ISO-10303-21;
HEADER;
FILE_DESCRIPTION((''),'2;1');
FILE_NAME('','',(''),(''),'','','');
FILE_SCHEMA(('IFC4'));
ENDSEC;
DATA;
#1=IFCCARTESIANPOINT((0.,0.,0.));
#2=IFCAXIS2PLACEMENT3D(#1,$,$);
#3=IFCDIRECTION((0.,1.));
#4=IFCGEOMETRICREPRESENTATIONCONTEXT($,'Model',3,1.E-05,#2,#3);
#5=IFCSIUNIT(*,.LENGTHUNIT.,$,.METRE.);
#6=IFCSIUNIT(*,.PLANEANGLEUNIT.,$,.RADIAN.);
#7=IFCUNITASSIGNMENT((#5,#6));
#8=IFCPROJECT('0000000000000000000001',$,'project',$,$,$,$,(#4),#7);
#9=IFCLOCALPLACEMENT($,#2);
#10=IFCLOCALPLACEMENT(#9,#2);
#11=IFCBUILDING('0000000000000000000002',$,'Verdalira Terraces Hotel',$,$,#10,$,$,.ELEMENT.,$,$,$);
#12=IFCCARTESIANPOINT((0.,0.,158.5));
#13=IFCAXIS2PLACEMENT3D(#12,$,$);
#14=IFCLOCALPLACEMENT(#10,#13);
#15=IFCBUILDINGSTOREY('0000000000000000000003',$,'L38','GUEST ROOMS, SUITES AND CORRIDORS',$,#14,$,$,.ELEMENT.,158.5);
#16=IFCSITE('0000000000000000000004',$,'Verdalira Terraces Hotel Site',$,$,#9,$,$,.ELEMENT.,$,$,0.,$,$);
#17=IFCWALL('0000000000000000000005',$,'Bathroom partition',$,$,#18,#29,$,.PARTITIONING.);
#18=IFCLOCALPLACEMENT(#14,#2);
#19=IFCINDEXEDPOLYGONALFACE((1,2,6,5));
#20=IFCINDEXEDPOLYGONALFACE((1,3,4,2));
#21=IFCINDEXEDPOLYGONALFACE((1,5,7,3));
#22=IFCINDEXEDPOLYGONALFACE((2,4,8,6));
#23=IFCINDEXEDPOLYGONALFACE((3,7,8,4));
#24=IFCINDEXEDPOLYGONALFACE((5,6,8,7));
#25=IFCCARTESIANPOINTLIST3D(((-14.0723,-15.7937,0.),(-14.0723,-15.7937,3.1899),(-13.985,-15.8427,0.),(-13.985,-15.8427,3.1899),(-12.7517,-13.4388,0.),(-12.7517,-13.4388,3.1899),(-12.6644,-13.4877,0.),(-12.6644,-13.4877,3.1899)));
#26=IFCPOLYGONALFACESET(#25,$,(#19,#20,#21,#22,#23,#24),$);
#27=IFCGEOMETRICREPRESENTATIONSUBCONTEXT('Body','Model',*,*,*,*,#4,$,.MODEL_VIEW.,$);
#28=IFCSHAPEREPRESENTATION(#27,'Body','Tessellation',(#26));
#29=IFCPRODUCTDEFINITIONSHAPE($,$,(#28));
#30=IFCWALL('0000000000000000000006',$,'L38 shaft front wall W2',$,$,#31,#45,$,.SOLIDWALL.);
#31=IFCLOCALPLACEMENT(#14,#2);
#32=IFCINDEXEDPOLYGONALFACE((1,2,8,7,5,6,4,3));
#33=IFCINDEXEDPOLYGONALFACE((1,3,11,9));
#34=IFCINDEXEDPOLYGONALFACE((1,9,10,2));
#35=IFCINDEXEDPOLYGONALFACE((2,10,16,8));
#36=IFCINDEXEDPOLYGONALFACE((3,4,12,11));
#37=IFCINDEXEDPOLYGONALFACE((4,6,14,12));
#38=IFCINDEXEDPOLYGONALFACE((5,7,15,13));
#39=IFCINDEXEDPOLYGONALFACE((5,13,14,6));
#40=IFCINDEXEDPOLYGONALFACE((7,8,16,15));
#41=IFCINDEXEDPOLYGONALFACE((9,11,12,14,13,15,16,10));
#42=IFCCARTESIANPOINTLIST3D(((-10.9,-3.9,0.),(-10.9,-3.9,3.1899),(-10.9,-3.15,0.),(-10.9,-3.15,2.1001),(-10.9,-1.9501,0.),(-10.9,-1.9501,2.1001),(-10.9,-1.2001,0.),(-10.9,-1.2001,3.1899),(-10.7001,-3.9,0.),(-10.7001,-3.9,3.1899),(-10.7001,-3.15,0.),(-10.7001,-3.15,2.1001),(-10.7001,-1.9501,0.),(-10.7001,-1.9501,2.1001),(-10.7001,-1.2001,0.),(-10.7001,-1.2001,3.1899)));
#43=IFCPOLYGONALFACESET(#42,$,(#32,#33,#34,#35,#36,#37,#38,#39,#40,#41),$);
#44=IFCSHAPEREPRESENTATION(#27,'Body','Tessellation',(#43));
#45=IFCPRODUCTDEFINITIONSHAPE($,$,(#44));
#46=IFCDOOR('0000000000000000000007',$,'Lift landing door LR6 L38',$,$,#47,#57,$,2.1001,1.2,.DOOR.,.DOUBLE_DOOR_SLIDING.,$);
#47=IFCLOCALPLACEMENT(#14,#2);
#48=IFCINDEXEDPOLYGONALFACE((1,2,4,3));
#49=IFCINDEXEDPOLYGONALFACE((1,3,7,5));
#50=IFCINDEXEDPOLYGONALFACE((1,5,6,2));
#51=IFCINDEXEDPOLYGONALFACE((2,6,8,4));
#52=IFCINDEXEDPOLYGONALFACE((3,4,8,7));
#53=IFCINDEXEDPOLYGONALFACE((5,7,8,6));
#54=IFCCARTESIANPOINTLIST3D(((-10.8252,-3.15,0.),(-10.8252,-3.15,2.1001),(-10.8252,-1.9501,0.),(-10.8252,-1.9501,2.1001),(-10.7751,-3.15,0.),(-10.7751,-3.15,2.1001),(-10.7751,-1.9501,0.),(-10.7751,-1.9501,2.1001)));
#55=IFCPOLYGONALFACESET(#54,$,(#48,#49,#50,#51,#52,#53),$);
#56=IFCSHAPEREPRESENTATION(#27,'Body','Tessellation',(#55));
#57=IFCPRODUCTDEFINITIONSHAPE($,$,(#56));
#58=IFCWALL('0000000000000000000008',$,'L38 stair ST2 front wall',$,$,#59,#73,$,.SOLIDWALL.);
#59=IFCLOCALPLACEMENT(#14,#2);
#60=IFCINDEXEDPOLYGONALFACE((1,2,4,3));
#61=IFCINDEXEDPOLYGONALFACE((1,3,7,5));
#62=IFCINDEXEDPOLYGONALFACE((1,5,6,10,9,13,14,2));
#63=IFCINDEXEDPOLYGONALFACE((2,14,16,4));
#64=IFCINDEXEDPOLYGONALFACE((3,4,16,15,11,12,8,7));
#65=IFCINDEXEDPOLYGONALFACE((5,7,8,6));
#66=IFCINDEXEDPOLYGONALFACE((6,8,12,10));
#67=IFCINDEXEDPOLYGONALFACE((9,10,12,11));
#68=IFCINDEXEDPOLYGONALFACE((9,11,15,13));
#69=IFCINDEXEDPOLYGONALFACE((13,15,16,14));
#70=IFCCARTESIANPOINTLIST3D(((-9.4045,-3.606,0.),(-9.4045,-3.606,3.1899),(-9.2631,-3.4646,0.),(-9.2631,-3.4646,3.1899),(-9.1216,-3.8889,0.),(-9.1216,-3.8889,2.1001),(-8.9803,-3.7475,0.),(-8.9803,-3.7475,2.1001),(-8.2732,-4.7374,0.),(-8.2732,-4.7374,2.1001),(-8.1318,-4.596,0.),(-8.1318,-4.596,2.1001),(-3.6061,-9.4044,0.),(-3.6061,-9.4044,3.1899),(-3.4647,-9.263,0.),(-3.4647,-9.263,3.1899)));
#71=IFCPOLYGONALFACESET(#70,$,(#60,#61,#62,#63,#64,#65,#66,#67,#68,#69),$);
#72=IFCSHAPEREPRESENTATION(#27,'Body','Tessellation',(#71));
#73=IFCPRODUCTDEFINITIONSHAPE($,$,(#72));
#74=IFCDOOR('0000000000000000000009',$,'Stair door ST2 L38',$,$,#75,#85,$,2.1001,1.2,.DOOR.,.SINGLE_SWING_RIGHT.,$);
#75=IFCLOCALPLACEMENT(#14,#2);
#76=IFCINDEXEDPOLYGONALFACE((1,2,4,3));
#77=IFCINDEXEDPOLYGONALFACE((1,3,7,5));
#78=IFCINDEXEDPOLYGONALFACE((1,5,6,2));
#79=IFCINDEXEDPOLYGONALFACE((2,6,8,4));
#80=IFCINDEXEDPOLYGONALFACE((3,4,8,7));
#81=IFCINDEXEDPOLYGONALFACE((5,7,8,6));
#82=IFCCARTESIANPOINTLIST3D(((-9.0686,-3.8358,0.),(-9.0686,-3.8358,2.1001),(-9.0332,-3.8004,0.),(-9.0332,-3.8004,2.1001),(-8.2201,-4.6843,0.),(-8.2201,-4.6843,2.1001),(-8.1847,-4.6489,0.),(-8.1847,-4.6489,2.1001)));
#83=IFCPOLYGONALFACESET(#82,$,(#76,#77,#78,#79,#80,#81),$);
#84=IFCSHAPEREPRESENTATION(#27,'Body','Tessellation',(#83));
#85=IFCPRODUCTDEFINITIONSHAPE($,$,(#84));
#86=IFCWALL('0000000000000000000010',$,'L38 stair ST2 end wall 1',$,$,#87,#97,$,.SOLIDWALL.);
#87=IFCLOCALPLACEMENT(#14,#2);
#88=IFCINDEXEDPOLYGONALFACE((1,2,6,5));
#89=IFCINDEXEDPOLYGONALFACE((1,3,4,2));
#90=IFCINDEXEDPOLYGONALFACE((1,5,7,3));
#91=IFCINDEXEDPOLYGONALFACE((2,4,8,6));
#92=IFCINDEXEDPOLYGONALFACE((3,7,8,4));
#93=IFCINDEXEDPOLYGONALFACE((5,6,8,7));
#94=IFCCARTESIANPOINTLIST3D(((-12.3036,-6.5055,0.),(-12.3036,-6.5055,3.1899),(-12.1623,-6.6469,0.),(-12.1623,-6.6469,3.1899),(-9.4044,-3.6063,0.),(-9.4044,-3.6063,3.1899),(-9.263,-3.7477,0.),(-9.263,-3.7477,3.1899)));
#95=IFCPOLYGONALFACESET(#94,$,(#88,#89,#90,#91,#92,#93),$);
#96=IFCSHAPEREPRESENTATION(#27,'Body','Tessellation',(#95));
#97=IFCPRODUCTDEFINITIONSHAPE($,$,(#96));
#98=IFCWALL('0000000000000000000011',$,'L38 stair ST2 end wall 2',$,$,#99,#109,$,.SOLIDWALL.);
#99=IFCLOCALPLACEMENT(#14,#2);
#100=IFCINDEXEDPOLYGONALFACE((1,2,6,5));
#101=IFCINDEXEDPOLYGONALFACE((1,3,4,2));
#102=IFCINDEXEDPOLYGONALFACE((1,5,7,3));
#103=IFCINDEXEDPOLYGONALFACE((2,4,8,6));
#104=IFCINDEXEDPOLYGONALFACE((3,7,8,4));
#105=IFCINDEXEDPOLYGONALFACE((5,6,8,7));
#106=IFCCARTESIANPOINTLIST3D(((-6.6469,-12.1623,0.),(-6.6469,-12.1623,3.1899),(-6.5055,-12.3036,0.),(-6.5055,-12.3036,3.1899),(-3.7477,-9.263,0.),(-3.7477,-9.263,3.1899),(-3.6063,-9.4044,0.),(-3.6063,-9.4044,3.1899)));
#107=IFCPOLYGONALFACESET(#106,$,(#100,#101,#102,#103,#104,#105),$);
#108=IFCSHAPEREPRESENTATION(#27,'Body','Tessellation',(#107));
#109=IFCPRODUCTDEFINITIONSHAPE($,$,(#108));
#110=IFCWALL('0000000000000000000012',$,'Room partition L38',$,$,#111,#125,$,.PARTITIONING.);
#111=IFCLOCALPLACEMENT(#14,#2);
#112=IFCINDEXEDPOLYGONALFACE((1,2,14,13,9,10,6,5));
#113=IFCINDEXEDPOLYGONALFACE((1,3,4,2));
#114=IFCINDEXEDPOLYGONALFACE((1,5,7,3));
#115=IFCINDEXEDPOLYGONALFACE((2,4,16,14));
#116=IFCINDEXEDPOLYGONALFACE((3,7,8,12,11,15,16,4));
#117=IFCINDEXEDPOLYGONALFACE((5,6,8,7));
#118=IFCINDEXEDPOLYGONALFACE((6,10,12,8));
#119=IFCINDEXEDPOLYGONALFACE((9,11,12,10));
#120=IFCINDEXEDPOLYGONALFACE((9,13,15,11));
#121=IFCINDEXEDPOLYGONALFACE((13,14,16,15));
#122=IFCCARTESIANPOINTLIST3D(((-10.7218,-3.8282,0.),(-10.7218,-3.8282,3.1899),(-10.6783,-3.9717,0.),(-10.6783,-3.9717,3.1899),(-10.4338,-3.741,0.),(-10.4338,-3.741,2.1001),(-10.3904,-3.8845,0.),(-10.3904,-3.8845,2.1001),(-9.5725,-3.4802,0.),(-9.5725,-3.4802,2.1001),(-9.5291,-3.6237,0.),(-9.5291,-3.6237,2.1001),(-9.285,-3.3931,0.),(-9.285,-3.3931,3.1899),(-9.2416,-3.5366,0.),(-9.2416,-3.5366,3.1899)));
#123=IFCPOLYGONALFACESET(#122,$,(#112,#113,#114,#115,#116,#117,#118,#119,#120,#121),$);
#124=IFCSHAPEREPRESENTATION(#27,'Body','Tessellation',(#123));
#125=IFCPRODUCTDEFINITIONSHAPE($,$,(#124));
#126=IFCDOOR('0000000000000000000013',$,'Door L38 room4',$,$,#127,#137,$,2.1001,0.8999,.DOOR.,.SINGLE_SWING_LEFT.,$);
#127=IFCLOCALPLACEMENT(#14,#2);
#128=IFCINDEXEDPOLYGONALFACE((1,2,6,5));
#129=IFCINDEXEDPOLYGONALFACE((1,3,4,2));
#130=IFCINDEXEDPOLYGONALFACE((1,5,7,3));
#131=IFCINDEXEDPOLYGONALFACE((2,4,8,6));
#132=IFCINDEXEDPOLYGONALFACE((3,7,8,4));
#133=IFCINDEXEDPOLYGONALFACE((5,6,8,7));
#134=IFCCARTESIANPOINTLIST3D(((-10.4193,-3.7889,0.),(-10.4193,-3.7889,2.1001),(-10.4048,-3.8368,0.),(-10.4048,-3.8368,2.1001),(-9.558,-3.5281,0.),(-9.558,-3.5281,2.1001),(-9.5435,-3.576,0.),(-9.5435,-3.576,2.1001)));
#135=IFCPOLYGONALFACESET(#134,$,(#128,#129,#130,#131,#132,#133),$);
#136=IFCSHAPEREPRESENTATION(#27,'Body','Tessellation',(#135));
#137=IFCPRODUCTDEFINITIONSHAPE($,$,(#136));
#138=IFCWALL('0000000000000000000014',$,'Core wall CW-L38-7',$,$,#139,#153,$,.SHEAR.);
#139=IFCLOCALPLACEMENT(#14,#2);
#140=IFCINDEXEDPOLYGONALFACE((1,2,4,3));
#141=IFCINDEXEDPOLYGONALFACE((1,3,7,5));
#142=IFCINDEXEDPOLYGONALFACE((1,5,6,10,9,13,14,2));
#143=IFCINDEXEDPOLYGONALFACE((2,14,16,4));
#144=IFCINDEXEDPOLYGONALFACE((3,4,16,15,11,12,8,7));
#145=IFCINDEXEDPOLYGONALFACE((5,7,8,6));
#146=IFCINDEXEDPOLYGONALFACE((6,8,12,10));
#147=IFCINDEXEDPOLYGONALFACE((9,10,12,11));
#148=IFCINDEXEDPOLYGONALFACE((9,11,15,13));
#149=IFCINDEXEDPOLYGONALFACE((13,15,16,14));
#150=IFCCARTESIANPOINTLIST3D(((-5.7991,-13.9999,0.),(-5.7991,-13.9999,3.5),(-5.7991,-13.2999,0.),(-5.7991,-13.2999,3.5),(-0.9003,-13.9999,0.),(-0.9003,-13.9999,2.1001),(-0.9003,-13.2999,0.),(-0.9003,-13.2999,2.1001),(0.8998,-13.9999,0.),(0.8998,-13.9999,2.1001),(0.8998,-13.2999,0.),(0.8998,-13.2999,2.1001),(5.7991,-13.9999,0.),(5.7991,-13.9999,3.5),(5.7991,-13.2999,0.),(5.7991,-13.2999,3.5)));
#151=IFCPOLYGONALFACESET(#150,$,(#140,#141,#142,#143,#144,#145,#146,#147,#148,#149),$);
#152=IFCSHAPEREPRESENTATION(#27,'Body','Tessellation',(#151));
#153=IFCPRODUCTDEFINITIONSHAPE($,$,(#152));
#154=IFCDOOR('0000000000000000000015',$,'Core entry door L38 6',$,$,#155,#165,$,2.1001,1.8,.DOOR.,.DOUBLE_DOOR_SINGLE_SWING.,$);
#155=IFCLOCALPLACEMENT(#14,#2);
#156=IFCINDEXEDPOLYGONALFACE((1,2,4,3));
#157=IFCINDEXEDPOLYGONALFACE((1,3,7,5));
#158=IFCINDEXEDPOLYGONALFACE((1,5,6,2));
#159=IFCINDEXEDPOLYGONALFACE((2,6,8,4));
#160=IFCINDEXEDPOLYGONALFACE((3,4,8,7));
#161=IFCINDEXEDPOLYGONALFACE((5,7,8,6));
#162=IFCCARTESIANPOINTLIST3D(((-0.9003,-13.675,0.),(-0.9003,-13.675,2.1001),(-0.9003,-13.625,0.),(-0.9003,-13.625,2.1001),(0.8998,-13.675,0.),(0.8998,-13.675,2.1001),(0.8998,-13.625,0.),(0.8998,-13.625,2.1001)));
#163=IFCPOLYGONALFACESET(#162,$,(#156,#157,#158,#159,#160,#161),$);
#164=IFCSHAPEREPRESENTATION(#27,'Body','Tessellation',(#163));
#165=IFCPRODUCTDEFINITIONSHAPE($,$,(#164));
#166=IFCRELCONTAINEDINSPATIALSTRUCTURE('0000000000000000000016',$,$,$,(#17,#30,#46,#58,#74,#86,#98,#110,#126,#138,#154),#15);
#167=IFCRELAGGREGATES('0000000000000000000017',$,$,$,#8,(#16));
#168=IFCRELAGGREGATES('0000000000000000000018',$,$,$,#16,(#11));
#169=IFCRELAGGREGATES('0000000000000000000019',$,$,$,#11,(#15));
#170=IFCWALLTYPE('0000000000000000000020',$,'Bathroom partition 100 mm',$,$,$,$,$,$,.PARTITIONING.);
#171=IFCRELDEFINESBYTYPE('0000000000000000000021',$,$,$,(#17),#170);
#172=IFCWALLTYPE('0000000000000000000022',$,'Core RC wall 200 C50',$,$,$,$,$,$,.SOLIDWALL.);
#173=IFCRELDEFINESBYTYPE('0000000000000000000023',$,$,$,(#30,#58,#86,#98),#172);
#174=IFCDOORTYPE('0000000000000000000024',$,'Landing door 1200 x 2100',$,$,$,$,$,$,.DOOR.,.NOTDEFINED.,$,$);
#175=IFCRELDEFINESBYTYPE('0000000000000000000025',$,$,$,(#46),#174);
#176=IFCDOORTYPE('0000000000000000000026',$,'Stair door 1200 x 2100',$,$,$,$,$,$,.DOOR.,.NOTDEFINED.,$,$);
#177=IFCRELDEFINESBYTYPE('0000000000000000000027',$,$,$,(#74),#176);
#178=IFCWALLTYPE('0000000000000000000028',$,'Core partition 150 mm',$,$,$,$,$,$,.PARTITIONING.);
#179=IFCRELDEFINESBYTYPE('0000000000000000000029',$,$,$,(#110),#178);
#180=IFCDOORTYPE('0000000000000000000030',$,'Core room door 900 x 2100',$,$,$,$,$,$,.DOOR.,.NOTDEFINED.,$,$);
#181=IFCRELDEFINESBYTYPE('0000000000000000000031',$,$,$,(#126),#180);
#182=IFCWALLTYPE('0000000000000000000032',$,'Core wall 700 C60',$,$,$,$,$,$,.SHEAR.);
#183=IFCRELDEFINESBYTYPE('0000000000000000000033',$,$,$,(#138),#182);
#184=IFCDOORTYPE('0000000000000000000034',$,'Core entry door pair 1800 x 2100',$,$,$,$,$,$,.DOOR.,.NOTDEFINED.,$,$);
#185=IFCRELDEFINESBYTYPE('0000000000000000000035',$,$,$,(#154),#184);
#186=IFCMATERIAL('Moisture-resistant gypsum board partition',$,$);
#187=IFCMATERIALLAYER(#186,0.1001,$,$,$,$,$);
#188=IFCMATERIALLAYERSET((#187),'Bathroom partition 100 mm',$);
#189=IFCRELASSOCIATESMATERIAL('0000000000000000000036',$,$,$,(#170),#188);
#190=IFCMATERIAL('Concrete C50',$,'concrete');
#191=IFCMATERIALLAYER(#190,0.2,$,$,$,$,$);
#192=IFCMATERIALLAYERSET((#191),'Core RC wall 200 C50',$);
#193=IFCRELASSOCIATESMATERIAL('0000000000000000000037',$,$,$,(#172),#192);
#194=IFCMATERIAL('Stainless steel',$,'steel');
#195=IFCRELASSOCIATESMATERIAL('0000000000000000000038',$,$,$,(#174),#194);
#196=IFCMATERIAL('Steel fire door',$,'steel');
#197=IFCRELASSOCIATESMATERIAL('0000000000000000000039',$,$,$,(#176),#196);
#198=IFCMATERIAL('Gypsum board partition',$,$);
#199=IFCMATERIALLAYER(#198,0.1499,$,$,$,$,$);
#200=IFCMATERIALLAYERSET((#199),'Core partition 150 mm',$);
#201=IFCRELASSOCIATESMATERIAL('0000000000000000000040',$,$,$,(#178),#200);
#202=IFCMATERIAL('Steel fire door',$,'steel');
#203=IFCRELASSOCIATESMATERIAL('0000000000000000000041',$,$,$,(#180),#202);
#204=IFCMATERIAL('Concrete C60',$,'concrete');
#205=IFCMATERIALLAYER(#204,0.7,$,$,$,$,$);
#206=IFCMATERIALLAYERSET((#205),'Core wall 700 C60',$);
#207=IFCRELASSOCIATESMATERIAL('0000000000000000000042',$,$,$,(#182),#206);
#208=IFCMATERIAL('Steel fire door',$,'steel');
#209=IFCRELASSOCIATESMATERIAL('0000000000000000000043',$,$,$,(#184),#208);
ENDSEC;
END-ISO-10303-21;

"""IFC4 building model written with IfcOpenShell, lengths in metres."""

from ifc_helpers import new_model, si_unit, direction, frame, frame_2d, origin, place, context, subcontext, project, spatial, rectangle, extrude, material, layer, layer_set, type_object, element, fill, save


model = new_model("IFC4")

# Units and contexts
model_context = context("Model", 3, precision=1e-05, world=origin(), true_north=direction((0.0, 1.0)))
body_context = subcontext(model_context, "Body", "Model", "MODEL_VIEW")
ifc_project = project(units=[si_unit("LENGTHUNIT", "METRE"), si_unit("PLANEANGLEUNIT", "RADIAN")], contexts=[model_context])

# Site, building, storey
site_placement = place(None, origin())
site = spatial("IfcSite", under=ifc_project, at=site_placement, Name="Verdalira Terraces Hotel Site", CompositionType="ELEMENT", RefElevation=0.0)
building_placement = place(site_placement, origin())
building = spatial("IfcBuilding", under=site, at=building_placement, Name="Verdalira Terraces Hotel", CompositionType="ELEMENT")
storey_placement = place(building_placement, frame((0.0, 0.0, 158.5)))
storey = spatial("IfcBuildingStorey", under=building, at=storey_placement, Name="L38", Description="GUEST ROOMS, SUITES AND CORRIDORS", CompositionType="ELEMENT", Elevation=158.5)

# Wall
ifc_material_1 = material(Name="Moisture-resistant gypsum board partition")
ifc_layer_1 = layer(ifc_material_1, 0.1001)
ifc_layer_set_1 = layer_set([ifc_layer_1], Name="Bathroom partition 100 mm")
wall_type_1 = type_object("IfcWallType", Name="Bathroom partition 100 mm", PredefinedType="PARTITIONING", material=ifc_layer_set_1)
wall_1_placement = place(storey_placement, frame((-12.708, -13.4631, 0.0), z_axis=(0.0, 0.0, 1.0), x_axis=(-0.489102, -0.872227, 0.0)))
element("IfcWall", 1, at=wall_1_placement, inside=storey, type_object=wall_type_1, Name="Bathroom partition", PredefinedType="PARTITIONING", context=body_context, shape_type="SweptSolid", body=[
    extrude(rectangle(XDim=2.7, YDim=0.1001, at=frame_2d((1.3501, 0.0))), origin(), (0.0, 0.0, 1.0), 3.1899),
])

# Walls, openings, doors
ifc_material_2 = material(Name="Concrete C50", Category="concrete")
ifc_layer_2 = layer(ifc_material_2, 0.2)
ifc_layer_set_2 = layer_set([ifc_layer_2], Name="Core RC wall 200 C50")
wall_type_2 = type_object("IfcWallType", Name="Core RC wall 200 C50", PredefinedType="SOLIDWALL", material=ifc_layer_set_2)
wall_2_placement = place(storey_placement, frame((-10.8, -1.2, 0.0), z_axis=(0.0, 0.0, 1.0), x_axis=(0.0, -1.0, 0.0)))
wall_2 = element("IfcWall", 2, at=wall_2_placement, inside=storey, type_object=wall_type_2, Name="L38 shaft front wall W2", PredefinedType="SOLIDWALL", context=body_context, shape_type="SweptSolid", body=[
    extrude(rectangle(XDim=2.7, YDim=0.2, at=frame_2d((1.3501, 0.0))), origin(), (0.0, 0.0, 1.0), 3.1899),
])
opening_1_placement = place(wall_2_placement, frame((0.75, 0.0, 0.0)))
opening_1 = element("IfcOpeningElement", 3, at=opening_1_placement, cuts=wall_2, PredefinedType="OPENING", context=body_context, shape_type="SweptSolid", body=[
    extrude(rectangle(XDim=1.2, YDim=2.1001, at=frame_2d((0.6001, 1.05))), frame((0.0, 0.1099, 0.0), z_axis=(0.0, -1.0, 0.0), x_axis=(1.0, 0.0, 0.0)), (0.0, 0.0, 1.0), 0.22),
])
ifc_material_3 = material(Name="Stainless steel", Category="steel")
door_type_1 = type_object("IfcDoorType", Name="Landing door 1200 x 2100", OperationType="NOTDEFINED", PredefinedType="DOOR", material=ifc_material_3)
door_1_placement = place(opening_1_placement, origin())
door_1 = element("IfcDoor", 4, at=door_1_placement, inside=storey, type_object=door_type_1, Name="Lift landing door LR6 L38", OperationType="DOUBLE_DOOR_SLIDING", OverallHeight=2.1001, OverallWidth=1.2, PredefinedType="DOOR", context=body_context, shape_type="SweptSolid", body=[
    extrude(rectangle(XDim=1.2, YDim=2.1001, at=frame_2d((0.6001, 1.05))), frame((0.0, 0.0249, 0.0), z_axis=(0.0, -1.0, 0.0), x_axis=(1.0, 0.0, 0.0)), (0.0, 0.0, 1.0), 0.05),
])
fill(opening_1, door_1)
wall_3_placement = place(storey_placement, frame((-3.5354, -9.3337, 0.0), z_axis=(0.0, 0.0, 1.0), x_axis=(-0.707107, 0.707107, 0.0)))
wall_3 = element("IfcWall", 5, at=wall_3_placement, inside=storey, type_object=wall_type_2, Name="L38 stair ST2 front wall", PredefinedType="SOLIDWALL", context=body_context, shape_type="SweptSolid", body=[
    extrude(rectangle(XDim=8.2002, YDim=0.2, at=frame_2d((4.1001, 0.0))), origin(), (0.0, 0.0, 1.0), 3.1899),
])
opening_2_placement = place(wall_3_placement, frame((6.6001, 0.0, 0.0)))
opening_2 = element("IfcOpeningElement", 6, at=opening_2_placement, cuts=wall_3, PredefinedType="OPENING", context=body_context, shape_type="SweptSolid", body=[
    extrude(rectangle(XDim=1.2, YDim=2.1001, at=frame_2d((0.6001, 1.05))), frame((0.0, 0.1099, 0.0), z_axis=(0.0, -1.0, 0.0), x_axis=(1.0, 0.0, 0.0)), (0.0, 0.0, 1.0), 0.22),
])
ifc_material_4 = material(Name="Steel fire door", Category="steel")
door_type_2 = type_object("IfcDoorType", Name="Stair door 1200 x 2100", OperationType="NOTDEFINED", PredefinedType="DOOR", material=ifc_material_4)
door_2_placement = place(opening_2_placement, origin())
door_2 = element("IfcDoor", 7, at=door_2_placement, inside=storey, type_object=door_type_2, Name="Stair door ST2 L38", OperationType="SINGLE_SWING_RIGHT", OverallHeight=2.1001, OverallWidth=1.2, PredefinedType="DOOR", context=body_context, shape_type="SweptSolid", body=[
    extrude(rectangle(XDim=1.2, YDim=2.1001, at=frame_2d((0.6001, 1.05))), frame((0.0, 0.0249, 0.0), z_axis=(0.0, -1.0, 0.0), x_axis=(1.0, 0.0, 0.0)), (0.0, 0.0, 1.0), 0.05),
])
fill(opening_2, door_2)

# Walls
for number, where, z_axis, x_axis, name in (
    (8, (-9.3337, -3.677, 0.0), (0.0, 0.0, 1.0), (-0.707107, -0.707107, 0.0), "L38 stair ST2 end wall 1"),
    (9, (-3.677, -9.3337, 0.0), (0.0, 0.0, 1.0), (-0.707107, -0.707107, 0.0), "L38 stair ST2 end wall 2"),
):
    element("IfcWall", number, at=place(storey_placement, frame(where, z_axis=z_axis, x_axis=x_axis)), inside=storey, type_object=wall_type_2, Name=name, PredefinedType="SOLIDWALL", context=body_context, shape_type="SweptSolid", body=[
        extrude(rectangle(XDim=4.1001, YDim=0.2, at=frame_2d((2.05, 0.0))), origin(), (0.0, 0.0, 1.0), 3.1899),
    ])

# Walls, openings, doors
ifc_material_5 = material(Name="Gypsum board partition")
ifc_layer_3 = layer(ifc_material_5, 0.1499)
ifc_layer_set_3 = layer_set([ifc_layer_3], Name="Core partition 150 mm")
wall_type_3 = type_object("IfcWallType", Name="Core partition 150 mm", PredefinedType="PARTITIONING", material=ifc_layer_set_3)
wall_4_placement = place(storey_placement, frame((-10.7, -3.8999, 0.0), z_axis=(0.0, 0.0, 1.0), x_axis=(0.957085, 0.289809, 0.0)))
wall_4 = element("IfcWall", 10, at=wall_4_placement, inside=storey, type_object=wall_type_3, Name="Room partition L38", PredefinedType="PARTITIONING", context=body_context, shape_type="SweptSolid", body=[
    extrude(rectangle(XDim=1.5012, YDim=0.1499, at=frame_2d((0.7505, 0.0))), origin(), (0.0, 0.0, 1.0), 3.1899),
])
opening_3_placement = place(wall_4_placement, frame((0.3008, 0.0, 0.0)))
opening_3 = element("IfcOpeningElement", 11, at=opening_3_placement, cuts=wall_4, PredefinedType="OPENING", context=body_context, shape_type="SweptSolid", body=[
    extrude(rectangle(XDim=0.8999, YDim=2.1001, at=frame_2d((0.45, 1.05))), frame((0.0, 0.085, 0.0), z_axis=(0.0, -1.0, 0.0), x_axis=(1.0, 0.0, 0.0)), (0.0, 0.0, 1.0), 0.1699),
])
ifc_material_6 = material(Name="Steel fire door", Category="steel")
door_type_3 = type_object("IfcDoorType", Name="Core room door 900 x 2100", OperationType="NOTDEFINED", PredefinedType="DOOR", material=ifc_material_6)
door_3_placement = place(opening_3_placement, origin())
door_3 = element("IfcDoor", 12, at=door_3_placement, inside=storey, type_object=door_type_3, Name="Door L38 room4", OperationType="SINGLE_SWING_LEFT", OverallHeight=2.1001, OverallWidth=0.8999, PredefinedType="DOOR", context=body_context, shape_type="SweptSolid", body=[
    extrude(rectangle(XDim=0.8999, YDim=2.1001, at=frame_2d((0.45, 1.05))), frame((0.0, 0.0249, 0.0), z_axis=(0.0, -1.0, 0.0), x_axis=(1.0, 0.0, 0.0)), (0.0, 0.0, 1.0), 0.05),
])
fill(opening_3, door_3)
ifc_material_7 = material(Name="Concrete C60", Category="concrete")
ifc_layer_4 = layer(ifc_material_7, 0.7)
ifc_layer_set_4 = layer_set([ifc_layer_4], Name="Core wall 700 C60")
wall_type_4 = type_object("IfcWallType", Name="Core wall 700 C60", PredefinedType="SHEAR", material=ifc_layer_set_4)
wall_5_placement = place(storey_placement, frame((-5.7991, -13.6499, 0.0), z_axis=(0.0, 0.0, 1.0), x_axis=(1.0, 0.0, 0.0)))
wall_5 = element("IfcWall", 13, at=wall_5_placement, inside=storey, type_object=wall_type_4, Name="Core wall CW-L38-7", PredefinedType="SHEAR", context=body_context, shape_type="SweptSolid", body=[
    extrude(rectangle(XDim=11.5981, YDim=0.7, at=frame_2d((5.7991, 0.0))), origin(), (0.0, 0.0, 1.0), 3.5),
])
opening_4_placement = place(wall_5_placement, frame((4.8989, 0.0, 0.0)))
opening_4 = element("IfcOpeningElement", 14, at=opening_4_placement, cuts=wall_5, PredefinedType="OPENING", context=body_context, shape_type="SweptSolid", body=[
    extrude(rectangle(XDim=1.8, YDim=2.1001, at=frame_2d((0.8999, 1.05))), frame((0.0, 0.3599, 0.0), z_axis=(0.0, -1.0, 0.0), x_axis=(1.0, 0.0, 0.0)), (0.0, 0.0, 1.0), 0.72),
])
ifc_material_8 = material(Name="Steel fire door", Category="steel")
door_type_4 = type_object("IfcDoorType", Name="Core entry door pair 1800 x 2100", OperationType="NOTDEFINED", PredefinedType="DOOR", material=ifc_material_8)
door_4_placement = place(opening_4_placement, origin())
door_4 = element("IfcDoor", 15, at=door_4_placement, inside=storey, type_object=door_type_4, Name="Core entry door L38 6", OperationType="DOUBLE_DOOR_SINGLE_SWING", OverallHeight=2.1001, OverallWidth=1.8, PredefinedType="DOOR", context=body_context, shape_type="SweptSolid", body=[
    extrude(rectangle(XDim=1.8, YDim=2.1001, at=frame_2d((0.8999, 1.05))), frame((0.0, 0.0249, 0.0), z_axis=(0.0, -1.0, 0.0), x_axis=(1.0, 0.0, 0.0)), (0.0, 0.0, 1.0), 0.05),
])
fill(opening_4, door_4)

save(model, "model.ifc")
